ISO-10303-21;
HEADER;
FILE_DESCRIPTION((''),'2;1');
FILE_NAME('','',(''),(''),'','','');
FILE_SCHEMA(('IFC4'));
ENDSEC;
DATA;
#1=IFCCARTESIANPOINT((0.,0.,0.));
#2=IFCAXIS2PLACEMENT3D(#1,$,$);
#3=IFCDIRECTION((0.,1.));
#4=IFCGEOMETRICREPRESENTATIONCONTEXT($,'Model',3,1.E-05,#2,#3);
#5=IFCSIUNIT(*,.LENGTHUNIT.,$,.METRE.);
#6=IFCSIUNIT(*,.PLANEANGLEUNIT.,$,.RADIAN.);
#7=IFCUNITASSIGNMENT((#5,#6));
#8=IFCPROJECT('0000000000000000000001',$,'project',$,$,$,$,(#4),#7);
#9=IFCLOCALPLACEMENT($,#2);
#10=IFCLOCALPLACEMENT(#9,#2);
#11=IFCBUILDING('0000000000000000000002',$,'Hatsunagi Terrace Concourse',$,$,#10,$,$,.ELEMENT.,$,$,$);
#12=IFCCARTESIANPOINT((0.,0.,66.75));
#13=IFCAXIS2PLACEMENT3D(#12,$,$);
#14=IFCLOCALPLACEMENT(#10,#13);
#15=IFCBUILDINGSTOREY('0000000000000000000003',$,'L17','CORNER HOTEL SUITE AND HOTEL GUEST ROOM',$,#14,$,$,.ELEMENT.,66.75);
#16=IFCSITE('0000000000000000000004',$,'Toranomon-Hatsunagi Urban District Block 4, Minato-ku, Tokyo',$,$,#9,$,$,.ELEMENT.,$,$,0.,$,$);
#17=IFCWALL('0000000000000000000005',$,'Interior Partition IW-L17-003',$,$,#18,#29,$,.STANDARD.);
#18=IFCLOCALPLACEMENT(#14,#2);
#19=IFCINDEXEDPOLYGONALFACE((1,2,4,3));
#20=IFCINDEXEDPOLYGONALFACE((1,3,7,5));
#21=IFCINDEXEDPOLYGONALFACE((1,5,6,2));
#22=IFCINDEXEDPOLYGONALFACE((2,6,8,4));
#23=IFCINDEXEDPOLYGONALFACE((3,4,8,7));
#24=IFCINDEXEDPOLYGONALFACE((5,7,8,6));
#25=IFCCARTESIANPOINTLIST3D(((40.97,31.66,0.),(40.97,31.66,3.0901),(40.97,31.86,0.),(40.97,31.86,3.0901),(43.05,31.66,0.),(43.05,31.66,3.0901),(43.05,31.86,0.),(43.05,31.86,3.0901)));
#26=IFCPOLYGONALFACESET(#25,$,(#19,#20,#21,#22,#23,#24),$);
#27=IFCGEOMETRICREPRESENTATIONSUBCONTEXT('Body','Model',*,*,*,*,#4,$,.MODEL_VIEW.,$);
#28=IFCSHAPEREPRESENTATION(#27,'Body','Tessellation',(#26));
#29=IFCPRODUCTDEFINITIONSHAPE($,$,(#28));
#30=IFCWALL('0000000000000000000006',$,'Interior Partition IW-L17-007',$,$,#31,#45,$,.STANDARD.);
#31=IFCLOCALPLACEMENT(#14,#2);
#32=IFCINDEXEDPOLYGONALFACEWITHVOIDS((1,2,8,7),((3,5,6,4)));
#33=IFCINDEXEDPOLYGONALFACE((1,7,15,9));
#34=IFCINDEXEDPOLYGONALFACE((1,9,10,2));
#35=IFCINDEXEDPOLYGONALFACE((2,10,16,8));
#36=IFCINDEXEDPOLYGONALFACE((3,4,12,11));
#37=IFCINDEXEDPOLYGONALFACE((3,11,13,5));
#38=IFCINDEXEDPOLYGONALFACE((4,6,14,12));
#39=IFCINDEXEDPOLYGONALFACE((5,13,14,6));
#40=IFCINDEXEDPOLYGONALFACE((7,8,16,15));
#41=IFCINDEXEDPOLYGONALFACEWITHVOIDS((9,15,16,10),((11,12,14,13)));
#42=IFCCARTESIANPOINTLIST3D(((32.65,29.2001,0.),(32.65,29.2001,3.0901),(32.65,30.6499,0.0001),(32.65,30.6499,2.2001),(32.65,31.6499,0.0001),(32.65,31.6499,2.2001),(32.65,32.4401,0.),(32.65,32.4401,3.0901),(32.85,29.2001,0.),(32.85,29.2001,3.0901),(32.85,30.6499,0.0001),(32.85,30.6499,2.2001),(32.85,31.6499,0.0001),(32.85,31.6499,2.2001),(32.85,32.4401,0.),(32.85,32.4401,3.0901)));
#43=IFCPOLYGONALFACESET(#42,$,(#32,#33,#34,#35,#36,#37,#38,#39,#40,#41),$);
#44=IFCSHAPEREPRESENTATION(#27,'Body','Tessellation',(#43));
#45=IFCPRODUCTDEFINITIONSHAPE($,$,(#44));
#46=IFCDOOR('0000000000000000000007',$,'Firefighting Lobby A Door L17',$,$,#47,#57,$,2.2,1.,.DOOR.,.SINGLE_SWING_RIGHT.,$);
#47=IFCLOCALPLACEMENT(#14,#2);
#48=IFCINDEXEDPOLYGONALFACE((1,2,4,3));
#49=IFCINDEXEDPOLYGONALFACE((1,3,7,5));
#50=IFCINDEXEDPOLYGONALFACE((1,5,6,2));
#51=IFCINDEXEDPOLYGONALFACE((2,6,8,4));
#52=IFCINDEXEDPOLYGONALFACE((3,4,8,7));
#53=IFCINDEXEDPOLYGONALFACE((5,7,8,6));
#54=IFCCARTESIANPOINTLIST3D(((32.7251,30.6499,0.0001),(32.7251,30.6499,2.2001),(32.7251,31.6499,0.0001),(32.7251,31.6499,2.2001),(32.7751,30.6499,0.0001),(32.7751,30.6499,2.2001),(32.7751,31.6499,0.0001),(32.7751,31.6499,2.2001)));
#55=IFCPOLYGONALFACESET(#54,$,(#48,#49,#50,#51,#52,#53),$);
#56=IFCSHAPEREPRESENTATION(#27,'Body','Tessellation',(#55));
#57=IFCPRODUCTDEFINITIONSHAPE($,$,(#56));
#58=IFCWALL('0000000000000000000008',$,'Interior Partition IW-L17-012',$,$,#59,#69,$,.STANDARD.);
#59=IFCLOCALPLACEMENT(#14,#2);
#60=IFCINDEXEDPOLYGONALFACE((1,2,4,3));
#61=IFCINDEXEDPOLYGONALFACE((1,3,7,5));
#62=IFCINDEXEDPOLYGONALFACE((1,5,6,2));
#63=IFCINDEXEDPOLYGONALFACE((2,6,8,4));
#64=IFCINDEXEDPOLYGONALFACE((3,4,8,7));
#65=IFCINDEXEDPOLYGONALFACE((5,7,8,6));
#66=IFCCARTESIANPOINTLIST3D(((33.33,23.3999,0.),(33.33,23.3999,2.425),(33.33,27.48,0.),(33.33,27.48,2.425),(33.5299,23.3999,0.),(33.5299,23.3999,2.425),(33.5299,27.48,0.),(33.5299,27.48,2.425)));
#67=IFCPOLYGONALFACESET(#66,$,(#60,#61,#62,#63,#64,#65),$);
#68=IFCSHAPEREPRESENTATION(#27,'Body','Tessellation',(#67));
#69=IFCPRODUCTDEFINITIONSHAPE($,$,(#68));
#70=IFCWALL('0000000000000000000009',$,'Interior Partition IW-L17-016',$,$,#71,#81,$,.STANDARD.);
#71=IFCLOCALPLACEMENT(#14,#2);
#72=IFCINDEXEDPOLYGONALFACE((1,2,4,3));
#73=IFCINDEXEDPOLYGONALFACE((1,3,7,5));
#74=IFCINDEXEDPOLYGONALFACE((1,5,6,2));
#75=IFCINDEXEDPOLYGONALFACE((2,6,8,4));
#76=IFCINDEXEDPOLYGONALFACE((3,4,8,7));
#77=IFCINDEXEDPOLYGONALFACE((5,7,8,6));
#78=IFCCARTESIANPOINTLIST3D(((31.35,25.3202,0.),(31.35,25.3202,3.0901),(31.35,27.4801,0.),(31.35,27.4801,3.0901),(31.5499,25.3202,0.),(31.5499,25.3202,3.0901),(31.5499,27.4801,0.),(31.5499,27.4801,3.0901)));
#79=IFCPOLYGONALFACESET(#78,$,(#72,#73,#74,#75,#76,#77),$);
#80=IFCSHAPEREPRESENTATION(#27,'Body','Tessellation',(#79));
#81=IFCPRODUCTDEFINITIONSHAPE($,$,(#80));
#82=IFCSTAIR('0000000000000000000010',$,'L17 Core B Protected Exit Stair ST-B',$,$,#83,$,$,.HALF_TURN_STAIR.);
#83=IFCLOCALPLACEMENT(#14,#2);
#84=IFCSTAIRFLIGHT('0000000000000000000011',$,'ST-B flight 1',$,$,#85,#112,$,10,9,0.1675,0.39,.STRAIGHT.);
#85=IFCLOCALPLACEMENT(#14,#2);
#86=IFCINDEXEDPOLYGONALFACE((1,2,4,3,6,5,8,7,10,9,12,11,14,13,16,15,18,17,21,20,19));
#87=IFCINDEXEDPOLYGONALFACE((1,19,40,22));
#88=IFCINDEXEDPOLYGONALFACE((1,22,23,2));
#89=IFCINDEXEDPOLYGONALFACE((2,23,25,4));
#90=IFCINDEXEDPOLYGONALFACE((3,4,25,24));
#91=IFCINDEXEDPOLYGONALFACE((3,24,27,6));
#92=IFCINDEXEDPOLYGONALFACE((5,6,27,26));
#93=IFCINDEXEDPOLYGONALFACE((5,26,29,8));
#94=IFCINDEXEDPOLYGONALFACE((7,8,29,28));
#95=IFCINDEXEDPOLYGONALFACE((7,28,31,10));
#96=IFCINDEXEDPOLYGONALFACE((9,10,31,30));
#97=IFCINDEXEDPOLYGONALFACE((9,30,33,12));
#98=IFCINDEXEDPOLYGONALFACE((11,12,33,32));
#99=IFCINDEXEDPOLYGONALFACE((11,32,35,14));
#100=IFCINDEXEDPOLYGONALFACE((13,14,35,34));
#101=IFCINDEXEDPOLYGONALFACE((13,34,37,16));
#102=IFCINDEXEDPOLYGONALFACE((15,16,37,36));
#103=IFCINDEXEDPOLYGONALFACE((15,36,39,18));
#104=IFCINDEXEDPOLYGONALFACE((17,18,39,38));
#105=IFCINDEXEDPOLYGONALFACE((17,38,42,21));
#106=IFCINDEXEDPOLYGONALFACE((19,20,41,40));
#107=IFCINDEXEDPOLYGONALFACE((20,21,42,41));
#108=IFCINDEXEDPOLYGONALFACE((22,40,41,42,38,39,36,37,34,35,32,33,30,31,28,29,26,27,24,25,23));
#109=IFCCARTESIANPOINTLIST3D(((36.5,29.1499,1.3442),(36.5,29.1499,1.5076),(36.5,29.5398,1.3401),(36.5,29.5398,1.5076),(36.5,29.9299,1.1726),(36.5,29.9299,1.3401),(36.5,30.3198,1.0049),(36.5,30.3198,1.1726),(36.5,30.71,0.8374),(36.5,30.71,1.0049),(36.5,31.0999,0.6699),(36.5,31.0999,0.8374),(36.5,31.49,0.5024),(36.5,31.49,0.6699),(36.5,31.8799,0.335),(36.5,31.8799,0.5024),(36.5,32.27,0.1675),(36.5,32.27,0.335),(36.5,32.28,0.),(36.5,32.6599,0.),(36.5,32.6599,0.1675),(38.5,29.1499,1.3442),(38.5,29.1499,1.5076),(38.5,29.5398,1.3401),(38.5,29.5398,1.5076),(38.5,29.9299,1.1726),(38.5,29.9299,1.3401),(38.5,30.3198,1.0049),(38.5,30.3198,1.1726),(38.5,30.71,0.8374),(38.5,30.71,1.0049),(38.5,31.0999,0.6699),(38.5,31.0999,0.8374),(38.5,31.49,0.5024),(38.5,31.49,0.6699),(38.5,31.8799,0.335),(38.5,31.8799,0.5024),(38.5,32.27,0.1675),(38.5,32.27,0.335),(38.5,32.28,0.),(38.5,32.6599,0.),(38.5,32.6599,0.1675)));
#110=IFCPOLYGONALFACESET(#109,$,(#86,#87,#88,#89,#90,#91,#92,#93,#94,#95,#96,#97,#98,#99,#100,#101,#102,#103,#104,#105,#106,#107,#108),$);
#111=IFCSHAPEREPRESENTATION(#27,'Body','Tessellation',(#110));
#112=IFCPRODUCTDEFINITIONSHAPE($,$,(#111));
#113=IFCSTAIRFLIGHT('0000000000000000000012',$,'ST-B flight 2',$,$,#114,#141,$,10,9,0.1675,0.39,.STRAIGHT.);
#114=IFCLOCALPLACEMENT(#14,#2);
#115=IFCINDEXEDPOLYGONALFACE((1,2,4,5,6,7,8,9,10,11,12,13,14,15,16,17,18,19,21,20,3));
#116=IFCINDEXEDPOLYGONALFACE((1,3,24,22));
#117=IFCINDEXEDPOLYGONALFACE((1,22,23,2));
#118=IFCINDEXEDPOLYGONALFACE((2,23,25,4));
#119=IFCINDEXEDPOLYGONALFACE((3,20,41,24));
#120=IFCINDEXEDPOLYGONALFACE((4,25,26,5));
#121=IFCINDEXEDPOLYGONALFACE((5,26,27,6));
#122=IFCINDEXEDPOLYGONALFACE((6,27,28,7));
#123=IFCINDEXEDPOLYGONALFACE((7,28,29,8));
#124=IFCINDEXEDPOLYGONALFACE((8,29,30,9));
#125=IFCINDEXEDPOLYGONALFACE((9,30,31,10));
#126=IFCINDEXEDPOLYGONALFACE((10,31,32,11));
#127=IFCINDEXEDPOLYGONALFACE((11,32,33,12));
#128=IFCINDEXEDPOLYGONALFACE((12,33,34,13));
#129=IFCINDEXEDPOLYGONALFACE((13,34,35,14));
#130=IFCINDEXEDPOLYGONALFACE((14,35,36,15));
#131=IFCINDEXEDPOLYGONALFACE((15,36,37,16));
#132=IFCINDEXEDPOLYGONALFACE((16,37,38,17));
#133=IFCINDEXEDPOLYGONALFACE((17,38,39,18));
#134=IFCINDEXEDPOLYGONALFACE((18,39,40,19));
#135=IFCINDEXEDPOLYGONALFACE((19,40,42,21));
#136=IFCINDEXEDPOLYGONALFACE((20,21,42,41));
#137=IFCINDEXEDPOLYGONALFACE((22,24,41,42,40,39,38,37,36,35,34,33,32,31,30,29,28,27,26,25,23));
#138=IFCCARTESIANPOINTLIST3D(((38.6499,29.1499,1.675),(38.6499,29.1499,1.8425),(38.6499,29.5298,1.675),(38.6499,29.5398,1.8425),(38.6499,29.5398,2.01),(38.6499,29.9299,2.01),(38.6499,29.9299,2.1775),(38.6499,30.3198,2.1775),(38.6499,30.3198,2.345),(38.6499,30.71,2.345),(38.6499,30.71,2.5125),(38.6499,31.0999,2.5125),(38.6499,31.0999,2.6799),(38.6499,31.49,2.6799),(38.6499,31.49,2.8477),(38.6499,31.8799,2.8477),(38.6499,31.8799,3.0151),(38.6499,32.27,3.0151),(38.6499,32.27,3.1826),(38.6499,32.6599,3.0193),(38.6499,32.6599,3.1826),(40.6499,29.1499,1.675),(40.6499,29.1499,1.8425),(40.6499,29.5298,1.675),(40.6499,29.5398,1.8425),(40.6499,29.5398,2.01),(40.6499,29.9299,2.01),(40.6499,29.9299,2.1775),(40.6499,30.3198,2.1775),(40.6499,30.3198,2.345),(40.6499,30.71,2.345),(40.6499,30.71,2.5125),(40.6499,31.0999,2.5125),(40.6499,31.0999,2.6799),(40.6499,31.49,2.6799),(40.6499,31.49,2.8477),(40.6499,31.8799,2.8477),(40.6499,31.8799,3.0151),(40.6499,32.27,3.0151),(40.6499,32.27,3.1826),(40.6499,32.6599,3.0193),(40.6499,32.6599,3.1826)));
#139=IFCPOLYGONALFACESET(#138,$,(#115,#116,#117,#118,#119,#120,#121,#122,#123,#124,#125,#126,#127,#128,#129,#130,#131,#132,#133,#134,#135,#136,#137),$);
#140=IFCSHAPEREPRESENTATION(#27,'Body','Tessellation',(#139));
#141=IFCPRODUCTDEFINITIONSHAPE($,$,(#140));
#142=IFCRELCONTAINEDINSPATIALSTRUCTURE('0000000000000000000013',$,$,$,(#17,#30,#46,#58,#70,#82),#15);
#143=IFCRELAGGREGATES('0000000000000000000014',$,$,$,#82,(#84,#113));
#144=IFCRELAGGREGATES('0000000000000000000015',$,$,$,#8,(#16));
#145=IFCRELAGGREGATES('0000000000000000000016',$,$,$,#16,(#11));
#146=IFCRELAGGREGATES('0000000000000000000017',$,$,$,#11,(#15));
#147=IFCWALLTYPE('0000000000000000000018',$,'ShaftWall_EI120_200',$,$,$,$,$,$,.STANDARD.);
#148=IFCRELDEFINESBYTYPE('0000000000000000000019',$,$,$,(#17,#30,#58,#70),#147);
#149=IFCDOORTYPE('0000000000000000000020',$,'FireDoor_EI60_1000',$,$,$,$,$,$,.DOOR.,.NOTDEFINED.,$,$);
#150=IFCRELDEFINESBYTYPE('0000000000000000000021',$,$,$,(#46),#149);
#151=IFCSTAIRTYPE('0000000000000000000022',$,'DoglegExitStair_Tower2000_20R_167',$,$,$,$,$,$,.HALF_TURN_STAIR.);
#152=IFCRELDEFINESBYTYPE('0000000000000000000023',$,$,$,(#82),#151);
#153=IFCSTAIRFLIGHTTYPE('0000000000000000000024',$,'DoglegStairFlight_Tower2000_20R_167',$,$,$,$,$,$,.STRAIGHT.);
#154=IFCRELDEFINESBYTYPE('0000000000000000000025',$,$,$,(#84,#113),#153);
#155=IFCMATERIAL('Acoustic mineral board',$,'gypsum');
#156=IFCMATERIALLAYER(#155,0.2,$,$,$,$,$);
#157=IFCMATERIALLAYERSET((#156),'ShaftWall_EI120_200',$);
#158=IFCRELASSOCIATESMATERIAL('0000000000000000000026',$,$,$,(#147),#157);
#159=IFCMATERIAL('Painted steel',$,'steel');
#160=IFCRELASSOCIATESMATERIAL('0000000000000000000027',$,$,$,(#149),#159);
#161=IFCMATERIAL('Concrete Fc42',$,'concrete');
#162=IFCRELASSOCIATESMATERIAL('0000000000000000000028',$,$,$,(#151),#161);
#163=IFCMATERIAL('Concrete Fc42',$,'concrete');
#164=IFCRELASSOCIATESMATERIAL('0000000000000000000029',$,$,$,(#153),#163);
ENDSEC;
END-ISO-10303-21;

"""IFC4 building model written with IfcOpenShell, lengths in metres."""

from ifc_helpers import new_model, si_unit, direction, frame, frame_2d, origin, place, context, subcontext, project, spatial, polyline, rectangle, outline, extrude, material, layer, layer_set, type_object, element, fill, aggregate, save


model = new_model("IFC4")

# Units and contexts
model_context = context("Model", 3, precision=1e-05, world=origin(), true_north=direction((0.0, 1.0)))
body_context = subcontext(model_context, "Body", "Model", "MODEL_VIEW")
ifc_project = project(units=[si_unit("LENGTHUNIT", "METRE"), si_unit("PLANEANGLEUNIT", "RADIAN")], contexts=[model_context])

# Site, building, storey
site_placement = place(None, origin())
site = spatial("IfcSite", under=ifc_project, at=site_placement, Name="Toranomon-Hatsunagi Urban District Block 4, Minato-ku, Tokyo", CompositionType="ELEMENT", RefElevation=0.0)
building_placement = place(site_placement, origin())
building = spatial("IfcBuilding", under=site, at=building_placement, Name="Hatsunagi Terrace Concourse", CompositionType="ELEMENT")
storey_placement = place(building_placement, frame((0.0, 0.0, 66.75)))
storey = spatial("IfcBuildingStorey", under=building, at=storey_placement, Name="L17", Description="CORNER HOTEL SUITE AND HOTEL GUEST ROOM", CompositionType="ELEMENT", Elevation=66.75)

# Wall
ifc_material_1 = material(Name="Acoustic mineral board", Category="gypsum")
ifc_layer_1 = layer(ifc_material_1, 0.2)
ifc_layer_set_1 = layer_set([ifc_layer_1], Name="ShaftWall_EI120_200")
wall_type_1 = type_object("IfcWallType", Name="ShaftWall_EI120_200", PredefinedType="STANDARD", material=ifc_layer_set_1)
wall_1_placement = place(storey_placement, frame((40.97, 31.76, 0.0), z_axis=(0.0, 0.0, 1.0), x_axis=(1.0, 0.0, 0.0)))
element("IfcWall", 1, at=wall_1_placement, inside=storey, type_object=wall_type_1, Name="Interior Partition IW-L17-003", PredefinedType="STANDARD", context=body_context, shape_type="SweptSolid", body=[
    extrude(rectangle(XDim=2.0801, YDim=0.2, at=frame_2d((1.04, 0.0))), origin(), (0.0, 0.0, 1.0), 3.0901),
])

# Wall, opening, door
wall_2_placement = place(storey_placement, frame((32.75, 29.2, 0.0), z_axis=(0.0, 0.0, 1.0), x_axis=(0.0, 1.0, 0.0)))
wall_2 = element("IfcWall", 2, at=wall_2_placement, inside=storey, type_object=wall_type_1, Name="Interior Partition IW-L17-007", PredefinedType="STANDARD", context=body_context, shape_type="SweptSolid", body=[
    extrude(rectangle(XDim=3.24, YDim=0.2, at=frame_2d((1.6201, 0.0))), origin(), (0.0, 0.0, 1.0), 3.0901),
])
opening_1_placement = place(wall_2_placement, frame((1.45, 0.0, 0.0)))
opening_1 = element("IfcOpeningElement", 3, at=opening_1_placement, cuts=wall_2, PredefinedType="OPENING", context=body_context, shape_type="SweptSolid", body=[
    extrude(rectangle(XDim=1.0, YDim=2.2, at=frame_2d((0.5, 1.1001))), frame((0.0, 0.1099, 0.0), z_axis=(0.0, -1.0, 0.0), x_axis=(1.0, 0.0, 0.0)), (0.0, 0.0, 1.0), 0.22),
])
ifc_material_2 = material(Name="Painted steel", Category="steel")
door_type_1 = type_object("IfcDoorType", Name="FireDoor_EI60_1000", OperationType="NOTDEFINED", PredefinedType="DOOR", material=ifc_material_2)
door_1_placement = place(opening_1_placement, origin())
door_1 = element("IfcDoor", 4, at=door_1_placement, inside=storey, type_object=door_type_1, Name="Firefighting Lobby A Door L17", OperationType="SINGLE_SWING_RIGHT", OverallHeight=2.2, OverallWidth=1.0, PredefinedType="DOOR", context=body_context, shape_type="SweptSolid", body=[
    extrude(rectangle(XDim=1.0, YDim=2.2, at=frame_2d((0.5, 1.1001))), frame((0.0, 0.0249, 0.0), z_axis=(0.0, -1.0, 0.0), x_axis=(1.0, 0.0, 0.0)), (0.0, 0.0, 1.0), 0.05),
])
fill(opening_1, door_1)

# Walls
wall_3_placement = place(storey_placement, frame((33.4299, 23.3999, 0.0), z_axis=(0.0, 0.0, 1.0), x_axis=(0.0, 1.0, 0.0)))
element("IfcWall", 5, at=wall_3_placement, inside=storey, type_object=wall_type_1, Name="Interior Partition IW-L17-012", PredefinedType="STANDARD", context=body_context, shape_type="SweptSolid", body=[
    extrude(rectangle(XDim=4.0801, YDim=0.2, at=frame_2d((2.04, 0.0))), origin(), (0.0, 0.0, 1.0), 2.425),
])
wall_4_placement = place(storey_placement, frame((31.45, 25.3201, 0.0), z_axis=(0.0, 0.0, 1.0), x_axis=(0.0, 1.0, 0.0)))
element("IfcWall", 6, at=wall_4_placement, inside=storey, type_object=wall_type_1, Name="Interior Partition IW-L17-016", PredefinedType="STANDARD", context=body_context, shape_type="SweptSolid", body=[
    extrude(rectangle(XDim=2.1599, YDim=0.2, at=frame_2d((1.0801, 0.0))), origin(), (0.0, 0.0, 1.0), 3.0901),
])

# Stair, stair flights
ifc_material_3 = material(Name="Concrete Fc42", Category="concrete")
stair_type = type_object("IfcStairType", Name="DoglegExitStair_Tower2000_20R_167", PredefinedType="HALF_TURN_STAIR", material=ifc_material_3)
stair_placement = place(storey_placement, origin())
stair = element("IfcStair", 7, at=stair_placement, inside=storey, type_object=stair_type, Name="L17 Core B Protected Exit Stair ST-B", PredefinedType="HALF_TURN_STAIR")
ifc_material_4 = material(Name="Concrete Fc42", Category="concrete")
stair_flight_type = type_object("IfcStairFlightType", Name="DoglegStairFlight_Tower2000_20R_167", PredefinedType="STRAIGHT", material=ifc_material_4)
stair_flight_1_placement = place(storey_placement, frame((37.5, 32.6599, 0.0), z_axis=(0.0, 0.0, 1.0), x_axis=(0.0, -1.0, 0.0)))
stair_flight_1 = element("IfcStairFlight", 8, at=stair_flight_1_placement, type_object=stair_flight_type, Name="ST-B flight 1", NumberOfRisers=10, NumberOfTreads=9, PredefinedType="STRAIGHT", RiserHeight=0.1675, TreadLength=0.39, context=body_context, shape_type="SweptSolid", body=[
    extrude(outline(polyline([(0.0, 0.0), (0.0, 0.1675), (0.3899, 0.1675), (0.3899, 0.335), (0.78, 0.335), (0.78, 0.5024), (1.1699, 0.5024), (1.1699, 0.6699), (1.5601, 0.6699), (1.5601, 0.8374), (1.95, 0.8374), (1.95, 1.0049), (2.3401, 1.0049), (2.3401, 1.1726), (2.73, 1.1726), (2.73, 1.3401), (3.1201, 1.3401), (3.1201, 1.5076), (3.51, 1.5076), (3.51, 1.675), (3.51, 1.3442), (0.3799, 0.0), (0.0, 0.0)])), frame((0.0, 1.0, 0.0), z_axis=(0.0, -1.0, 0.0), x_axis=(1.0, 0.0, 0.0)), (0.0, 0.0, 1.0), 2.0),
])
stair_flight_2_placement = place(storey_placement, frame((39.6499, 29.1499, 1.675), z_axis=(0.0, 0.0, 1.0), x_axis=(0.0, 1.0, 0.0)))
stair_flight_2 = element("IfcStairFlight", 9, at=stair_flight_2_placement, type_object=stair_flight_type, Name="ST-B flight 2", NumberOfRisers=10, NumberOfTreads=9, PredefinedType="STRAIGHT", RiserHeight=0.1675, TreadLength=0.39, context=body_context, shape_type="SweptSolid", body=[
    extrude(outline(polyline([(0.0, 0.0), (0.0, 0.1675), (0.3899, 0.1675), (0.3899, 0.335), (0.78, 0.335), (0.78, 0.5024), (1.1699, 0.5024), (1.1699, 0.6699), (1.5601, 0.6699), (1.5601, 0.8374), (1.95, 0.8374), (1.95, 1.0049), (2.3401, 1.0049), (2.3401, 1.1726), (2.73, 1.1726), (2.73, 1.3401), (3.1201, 1.3401), (3.1201, 1.5076), (3.51, 1.5076), (3.51, 1.675), (3.51, 1.3442), (0.3799, 0.0), (0.0, 0.0)])), frame((0.0, 1.0, 0.0), z_axis=(0.0, -1.0, 0.0), x_axis=(1.0, 0.0, 0.0)), (0.0, 0.0, 1.0), 2.0),
])
aggregate(stair, [stair_flight_1, stair_flight_2])

save(model, "model.ifc")
